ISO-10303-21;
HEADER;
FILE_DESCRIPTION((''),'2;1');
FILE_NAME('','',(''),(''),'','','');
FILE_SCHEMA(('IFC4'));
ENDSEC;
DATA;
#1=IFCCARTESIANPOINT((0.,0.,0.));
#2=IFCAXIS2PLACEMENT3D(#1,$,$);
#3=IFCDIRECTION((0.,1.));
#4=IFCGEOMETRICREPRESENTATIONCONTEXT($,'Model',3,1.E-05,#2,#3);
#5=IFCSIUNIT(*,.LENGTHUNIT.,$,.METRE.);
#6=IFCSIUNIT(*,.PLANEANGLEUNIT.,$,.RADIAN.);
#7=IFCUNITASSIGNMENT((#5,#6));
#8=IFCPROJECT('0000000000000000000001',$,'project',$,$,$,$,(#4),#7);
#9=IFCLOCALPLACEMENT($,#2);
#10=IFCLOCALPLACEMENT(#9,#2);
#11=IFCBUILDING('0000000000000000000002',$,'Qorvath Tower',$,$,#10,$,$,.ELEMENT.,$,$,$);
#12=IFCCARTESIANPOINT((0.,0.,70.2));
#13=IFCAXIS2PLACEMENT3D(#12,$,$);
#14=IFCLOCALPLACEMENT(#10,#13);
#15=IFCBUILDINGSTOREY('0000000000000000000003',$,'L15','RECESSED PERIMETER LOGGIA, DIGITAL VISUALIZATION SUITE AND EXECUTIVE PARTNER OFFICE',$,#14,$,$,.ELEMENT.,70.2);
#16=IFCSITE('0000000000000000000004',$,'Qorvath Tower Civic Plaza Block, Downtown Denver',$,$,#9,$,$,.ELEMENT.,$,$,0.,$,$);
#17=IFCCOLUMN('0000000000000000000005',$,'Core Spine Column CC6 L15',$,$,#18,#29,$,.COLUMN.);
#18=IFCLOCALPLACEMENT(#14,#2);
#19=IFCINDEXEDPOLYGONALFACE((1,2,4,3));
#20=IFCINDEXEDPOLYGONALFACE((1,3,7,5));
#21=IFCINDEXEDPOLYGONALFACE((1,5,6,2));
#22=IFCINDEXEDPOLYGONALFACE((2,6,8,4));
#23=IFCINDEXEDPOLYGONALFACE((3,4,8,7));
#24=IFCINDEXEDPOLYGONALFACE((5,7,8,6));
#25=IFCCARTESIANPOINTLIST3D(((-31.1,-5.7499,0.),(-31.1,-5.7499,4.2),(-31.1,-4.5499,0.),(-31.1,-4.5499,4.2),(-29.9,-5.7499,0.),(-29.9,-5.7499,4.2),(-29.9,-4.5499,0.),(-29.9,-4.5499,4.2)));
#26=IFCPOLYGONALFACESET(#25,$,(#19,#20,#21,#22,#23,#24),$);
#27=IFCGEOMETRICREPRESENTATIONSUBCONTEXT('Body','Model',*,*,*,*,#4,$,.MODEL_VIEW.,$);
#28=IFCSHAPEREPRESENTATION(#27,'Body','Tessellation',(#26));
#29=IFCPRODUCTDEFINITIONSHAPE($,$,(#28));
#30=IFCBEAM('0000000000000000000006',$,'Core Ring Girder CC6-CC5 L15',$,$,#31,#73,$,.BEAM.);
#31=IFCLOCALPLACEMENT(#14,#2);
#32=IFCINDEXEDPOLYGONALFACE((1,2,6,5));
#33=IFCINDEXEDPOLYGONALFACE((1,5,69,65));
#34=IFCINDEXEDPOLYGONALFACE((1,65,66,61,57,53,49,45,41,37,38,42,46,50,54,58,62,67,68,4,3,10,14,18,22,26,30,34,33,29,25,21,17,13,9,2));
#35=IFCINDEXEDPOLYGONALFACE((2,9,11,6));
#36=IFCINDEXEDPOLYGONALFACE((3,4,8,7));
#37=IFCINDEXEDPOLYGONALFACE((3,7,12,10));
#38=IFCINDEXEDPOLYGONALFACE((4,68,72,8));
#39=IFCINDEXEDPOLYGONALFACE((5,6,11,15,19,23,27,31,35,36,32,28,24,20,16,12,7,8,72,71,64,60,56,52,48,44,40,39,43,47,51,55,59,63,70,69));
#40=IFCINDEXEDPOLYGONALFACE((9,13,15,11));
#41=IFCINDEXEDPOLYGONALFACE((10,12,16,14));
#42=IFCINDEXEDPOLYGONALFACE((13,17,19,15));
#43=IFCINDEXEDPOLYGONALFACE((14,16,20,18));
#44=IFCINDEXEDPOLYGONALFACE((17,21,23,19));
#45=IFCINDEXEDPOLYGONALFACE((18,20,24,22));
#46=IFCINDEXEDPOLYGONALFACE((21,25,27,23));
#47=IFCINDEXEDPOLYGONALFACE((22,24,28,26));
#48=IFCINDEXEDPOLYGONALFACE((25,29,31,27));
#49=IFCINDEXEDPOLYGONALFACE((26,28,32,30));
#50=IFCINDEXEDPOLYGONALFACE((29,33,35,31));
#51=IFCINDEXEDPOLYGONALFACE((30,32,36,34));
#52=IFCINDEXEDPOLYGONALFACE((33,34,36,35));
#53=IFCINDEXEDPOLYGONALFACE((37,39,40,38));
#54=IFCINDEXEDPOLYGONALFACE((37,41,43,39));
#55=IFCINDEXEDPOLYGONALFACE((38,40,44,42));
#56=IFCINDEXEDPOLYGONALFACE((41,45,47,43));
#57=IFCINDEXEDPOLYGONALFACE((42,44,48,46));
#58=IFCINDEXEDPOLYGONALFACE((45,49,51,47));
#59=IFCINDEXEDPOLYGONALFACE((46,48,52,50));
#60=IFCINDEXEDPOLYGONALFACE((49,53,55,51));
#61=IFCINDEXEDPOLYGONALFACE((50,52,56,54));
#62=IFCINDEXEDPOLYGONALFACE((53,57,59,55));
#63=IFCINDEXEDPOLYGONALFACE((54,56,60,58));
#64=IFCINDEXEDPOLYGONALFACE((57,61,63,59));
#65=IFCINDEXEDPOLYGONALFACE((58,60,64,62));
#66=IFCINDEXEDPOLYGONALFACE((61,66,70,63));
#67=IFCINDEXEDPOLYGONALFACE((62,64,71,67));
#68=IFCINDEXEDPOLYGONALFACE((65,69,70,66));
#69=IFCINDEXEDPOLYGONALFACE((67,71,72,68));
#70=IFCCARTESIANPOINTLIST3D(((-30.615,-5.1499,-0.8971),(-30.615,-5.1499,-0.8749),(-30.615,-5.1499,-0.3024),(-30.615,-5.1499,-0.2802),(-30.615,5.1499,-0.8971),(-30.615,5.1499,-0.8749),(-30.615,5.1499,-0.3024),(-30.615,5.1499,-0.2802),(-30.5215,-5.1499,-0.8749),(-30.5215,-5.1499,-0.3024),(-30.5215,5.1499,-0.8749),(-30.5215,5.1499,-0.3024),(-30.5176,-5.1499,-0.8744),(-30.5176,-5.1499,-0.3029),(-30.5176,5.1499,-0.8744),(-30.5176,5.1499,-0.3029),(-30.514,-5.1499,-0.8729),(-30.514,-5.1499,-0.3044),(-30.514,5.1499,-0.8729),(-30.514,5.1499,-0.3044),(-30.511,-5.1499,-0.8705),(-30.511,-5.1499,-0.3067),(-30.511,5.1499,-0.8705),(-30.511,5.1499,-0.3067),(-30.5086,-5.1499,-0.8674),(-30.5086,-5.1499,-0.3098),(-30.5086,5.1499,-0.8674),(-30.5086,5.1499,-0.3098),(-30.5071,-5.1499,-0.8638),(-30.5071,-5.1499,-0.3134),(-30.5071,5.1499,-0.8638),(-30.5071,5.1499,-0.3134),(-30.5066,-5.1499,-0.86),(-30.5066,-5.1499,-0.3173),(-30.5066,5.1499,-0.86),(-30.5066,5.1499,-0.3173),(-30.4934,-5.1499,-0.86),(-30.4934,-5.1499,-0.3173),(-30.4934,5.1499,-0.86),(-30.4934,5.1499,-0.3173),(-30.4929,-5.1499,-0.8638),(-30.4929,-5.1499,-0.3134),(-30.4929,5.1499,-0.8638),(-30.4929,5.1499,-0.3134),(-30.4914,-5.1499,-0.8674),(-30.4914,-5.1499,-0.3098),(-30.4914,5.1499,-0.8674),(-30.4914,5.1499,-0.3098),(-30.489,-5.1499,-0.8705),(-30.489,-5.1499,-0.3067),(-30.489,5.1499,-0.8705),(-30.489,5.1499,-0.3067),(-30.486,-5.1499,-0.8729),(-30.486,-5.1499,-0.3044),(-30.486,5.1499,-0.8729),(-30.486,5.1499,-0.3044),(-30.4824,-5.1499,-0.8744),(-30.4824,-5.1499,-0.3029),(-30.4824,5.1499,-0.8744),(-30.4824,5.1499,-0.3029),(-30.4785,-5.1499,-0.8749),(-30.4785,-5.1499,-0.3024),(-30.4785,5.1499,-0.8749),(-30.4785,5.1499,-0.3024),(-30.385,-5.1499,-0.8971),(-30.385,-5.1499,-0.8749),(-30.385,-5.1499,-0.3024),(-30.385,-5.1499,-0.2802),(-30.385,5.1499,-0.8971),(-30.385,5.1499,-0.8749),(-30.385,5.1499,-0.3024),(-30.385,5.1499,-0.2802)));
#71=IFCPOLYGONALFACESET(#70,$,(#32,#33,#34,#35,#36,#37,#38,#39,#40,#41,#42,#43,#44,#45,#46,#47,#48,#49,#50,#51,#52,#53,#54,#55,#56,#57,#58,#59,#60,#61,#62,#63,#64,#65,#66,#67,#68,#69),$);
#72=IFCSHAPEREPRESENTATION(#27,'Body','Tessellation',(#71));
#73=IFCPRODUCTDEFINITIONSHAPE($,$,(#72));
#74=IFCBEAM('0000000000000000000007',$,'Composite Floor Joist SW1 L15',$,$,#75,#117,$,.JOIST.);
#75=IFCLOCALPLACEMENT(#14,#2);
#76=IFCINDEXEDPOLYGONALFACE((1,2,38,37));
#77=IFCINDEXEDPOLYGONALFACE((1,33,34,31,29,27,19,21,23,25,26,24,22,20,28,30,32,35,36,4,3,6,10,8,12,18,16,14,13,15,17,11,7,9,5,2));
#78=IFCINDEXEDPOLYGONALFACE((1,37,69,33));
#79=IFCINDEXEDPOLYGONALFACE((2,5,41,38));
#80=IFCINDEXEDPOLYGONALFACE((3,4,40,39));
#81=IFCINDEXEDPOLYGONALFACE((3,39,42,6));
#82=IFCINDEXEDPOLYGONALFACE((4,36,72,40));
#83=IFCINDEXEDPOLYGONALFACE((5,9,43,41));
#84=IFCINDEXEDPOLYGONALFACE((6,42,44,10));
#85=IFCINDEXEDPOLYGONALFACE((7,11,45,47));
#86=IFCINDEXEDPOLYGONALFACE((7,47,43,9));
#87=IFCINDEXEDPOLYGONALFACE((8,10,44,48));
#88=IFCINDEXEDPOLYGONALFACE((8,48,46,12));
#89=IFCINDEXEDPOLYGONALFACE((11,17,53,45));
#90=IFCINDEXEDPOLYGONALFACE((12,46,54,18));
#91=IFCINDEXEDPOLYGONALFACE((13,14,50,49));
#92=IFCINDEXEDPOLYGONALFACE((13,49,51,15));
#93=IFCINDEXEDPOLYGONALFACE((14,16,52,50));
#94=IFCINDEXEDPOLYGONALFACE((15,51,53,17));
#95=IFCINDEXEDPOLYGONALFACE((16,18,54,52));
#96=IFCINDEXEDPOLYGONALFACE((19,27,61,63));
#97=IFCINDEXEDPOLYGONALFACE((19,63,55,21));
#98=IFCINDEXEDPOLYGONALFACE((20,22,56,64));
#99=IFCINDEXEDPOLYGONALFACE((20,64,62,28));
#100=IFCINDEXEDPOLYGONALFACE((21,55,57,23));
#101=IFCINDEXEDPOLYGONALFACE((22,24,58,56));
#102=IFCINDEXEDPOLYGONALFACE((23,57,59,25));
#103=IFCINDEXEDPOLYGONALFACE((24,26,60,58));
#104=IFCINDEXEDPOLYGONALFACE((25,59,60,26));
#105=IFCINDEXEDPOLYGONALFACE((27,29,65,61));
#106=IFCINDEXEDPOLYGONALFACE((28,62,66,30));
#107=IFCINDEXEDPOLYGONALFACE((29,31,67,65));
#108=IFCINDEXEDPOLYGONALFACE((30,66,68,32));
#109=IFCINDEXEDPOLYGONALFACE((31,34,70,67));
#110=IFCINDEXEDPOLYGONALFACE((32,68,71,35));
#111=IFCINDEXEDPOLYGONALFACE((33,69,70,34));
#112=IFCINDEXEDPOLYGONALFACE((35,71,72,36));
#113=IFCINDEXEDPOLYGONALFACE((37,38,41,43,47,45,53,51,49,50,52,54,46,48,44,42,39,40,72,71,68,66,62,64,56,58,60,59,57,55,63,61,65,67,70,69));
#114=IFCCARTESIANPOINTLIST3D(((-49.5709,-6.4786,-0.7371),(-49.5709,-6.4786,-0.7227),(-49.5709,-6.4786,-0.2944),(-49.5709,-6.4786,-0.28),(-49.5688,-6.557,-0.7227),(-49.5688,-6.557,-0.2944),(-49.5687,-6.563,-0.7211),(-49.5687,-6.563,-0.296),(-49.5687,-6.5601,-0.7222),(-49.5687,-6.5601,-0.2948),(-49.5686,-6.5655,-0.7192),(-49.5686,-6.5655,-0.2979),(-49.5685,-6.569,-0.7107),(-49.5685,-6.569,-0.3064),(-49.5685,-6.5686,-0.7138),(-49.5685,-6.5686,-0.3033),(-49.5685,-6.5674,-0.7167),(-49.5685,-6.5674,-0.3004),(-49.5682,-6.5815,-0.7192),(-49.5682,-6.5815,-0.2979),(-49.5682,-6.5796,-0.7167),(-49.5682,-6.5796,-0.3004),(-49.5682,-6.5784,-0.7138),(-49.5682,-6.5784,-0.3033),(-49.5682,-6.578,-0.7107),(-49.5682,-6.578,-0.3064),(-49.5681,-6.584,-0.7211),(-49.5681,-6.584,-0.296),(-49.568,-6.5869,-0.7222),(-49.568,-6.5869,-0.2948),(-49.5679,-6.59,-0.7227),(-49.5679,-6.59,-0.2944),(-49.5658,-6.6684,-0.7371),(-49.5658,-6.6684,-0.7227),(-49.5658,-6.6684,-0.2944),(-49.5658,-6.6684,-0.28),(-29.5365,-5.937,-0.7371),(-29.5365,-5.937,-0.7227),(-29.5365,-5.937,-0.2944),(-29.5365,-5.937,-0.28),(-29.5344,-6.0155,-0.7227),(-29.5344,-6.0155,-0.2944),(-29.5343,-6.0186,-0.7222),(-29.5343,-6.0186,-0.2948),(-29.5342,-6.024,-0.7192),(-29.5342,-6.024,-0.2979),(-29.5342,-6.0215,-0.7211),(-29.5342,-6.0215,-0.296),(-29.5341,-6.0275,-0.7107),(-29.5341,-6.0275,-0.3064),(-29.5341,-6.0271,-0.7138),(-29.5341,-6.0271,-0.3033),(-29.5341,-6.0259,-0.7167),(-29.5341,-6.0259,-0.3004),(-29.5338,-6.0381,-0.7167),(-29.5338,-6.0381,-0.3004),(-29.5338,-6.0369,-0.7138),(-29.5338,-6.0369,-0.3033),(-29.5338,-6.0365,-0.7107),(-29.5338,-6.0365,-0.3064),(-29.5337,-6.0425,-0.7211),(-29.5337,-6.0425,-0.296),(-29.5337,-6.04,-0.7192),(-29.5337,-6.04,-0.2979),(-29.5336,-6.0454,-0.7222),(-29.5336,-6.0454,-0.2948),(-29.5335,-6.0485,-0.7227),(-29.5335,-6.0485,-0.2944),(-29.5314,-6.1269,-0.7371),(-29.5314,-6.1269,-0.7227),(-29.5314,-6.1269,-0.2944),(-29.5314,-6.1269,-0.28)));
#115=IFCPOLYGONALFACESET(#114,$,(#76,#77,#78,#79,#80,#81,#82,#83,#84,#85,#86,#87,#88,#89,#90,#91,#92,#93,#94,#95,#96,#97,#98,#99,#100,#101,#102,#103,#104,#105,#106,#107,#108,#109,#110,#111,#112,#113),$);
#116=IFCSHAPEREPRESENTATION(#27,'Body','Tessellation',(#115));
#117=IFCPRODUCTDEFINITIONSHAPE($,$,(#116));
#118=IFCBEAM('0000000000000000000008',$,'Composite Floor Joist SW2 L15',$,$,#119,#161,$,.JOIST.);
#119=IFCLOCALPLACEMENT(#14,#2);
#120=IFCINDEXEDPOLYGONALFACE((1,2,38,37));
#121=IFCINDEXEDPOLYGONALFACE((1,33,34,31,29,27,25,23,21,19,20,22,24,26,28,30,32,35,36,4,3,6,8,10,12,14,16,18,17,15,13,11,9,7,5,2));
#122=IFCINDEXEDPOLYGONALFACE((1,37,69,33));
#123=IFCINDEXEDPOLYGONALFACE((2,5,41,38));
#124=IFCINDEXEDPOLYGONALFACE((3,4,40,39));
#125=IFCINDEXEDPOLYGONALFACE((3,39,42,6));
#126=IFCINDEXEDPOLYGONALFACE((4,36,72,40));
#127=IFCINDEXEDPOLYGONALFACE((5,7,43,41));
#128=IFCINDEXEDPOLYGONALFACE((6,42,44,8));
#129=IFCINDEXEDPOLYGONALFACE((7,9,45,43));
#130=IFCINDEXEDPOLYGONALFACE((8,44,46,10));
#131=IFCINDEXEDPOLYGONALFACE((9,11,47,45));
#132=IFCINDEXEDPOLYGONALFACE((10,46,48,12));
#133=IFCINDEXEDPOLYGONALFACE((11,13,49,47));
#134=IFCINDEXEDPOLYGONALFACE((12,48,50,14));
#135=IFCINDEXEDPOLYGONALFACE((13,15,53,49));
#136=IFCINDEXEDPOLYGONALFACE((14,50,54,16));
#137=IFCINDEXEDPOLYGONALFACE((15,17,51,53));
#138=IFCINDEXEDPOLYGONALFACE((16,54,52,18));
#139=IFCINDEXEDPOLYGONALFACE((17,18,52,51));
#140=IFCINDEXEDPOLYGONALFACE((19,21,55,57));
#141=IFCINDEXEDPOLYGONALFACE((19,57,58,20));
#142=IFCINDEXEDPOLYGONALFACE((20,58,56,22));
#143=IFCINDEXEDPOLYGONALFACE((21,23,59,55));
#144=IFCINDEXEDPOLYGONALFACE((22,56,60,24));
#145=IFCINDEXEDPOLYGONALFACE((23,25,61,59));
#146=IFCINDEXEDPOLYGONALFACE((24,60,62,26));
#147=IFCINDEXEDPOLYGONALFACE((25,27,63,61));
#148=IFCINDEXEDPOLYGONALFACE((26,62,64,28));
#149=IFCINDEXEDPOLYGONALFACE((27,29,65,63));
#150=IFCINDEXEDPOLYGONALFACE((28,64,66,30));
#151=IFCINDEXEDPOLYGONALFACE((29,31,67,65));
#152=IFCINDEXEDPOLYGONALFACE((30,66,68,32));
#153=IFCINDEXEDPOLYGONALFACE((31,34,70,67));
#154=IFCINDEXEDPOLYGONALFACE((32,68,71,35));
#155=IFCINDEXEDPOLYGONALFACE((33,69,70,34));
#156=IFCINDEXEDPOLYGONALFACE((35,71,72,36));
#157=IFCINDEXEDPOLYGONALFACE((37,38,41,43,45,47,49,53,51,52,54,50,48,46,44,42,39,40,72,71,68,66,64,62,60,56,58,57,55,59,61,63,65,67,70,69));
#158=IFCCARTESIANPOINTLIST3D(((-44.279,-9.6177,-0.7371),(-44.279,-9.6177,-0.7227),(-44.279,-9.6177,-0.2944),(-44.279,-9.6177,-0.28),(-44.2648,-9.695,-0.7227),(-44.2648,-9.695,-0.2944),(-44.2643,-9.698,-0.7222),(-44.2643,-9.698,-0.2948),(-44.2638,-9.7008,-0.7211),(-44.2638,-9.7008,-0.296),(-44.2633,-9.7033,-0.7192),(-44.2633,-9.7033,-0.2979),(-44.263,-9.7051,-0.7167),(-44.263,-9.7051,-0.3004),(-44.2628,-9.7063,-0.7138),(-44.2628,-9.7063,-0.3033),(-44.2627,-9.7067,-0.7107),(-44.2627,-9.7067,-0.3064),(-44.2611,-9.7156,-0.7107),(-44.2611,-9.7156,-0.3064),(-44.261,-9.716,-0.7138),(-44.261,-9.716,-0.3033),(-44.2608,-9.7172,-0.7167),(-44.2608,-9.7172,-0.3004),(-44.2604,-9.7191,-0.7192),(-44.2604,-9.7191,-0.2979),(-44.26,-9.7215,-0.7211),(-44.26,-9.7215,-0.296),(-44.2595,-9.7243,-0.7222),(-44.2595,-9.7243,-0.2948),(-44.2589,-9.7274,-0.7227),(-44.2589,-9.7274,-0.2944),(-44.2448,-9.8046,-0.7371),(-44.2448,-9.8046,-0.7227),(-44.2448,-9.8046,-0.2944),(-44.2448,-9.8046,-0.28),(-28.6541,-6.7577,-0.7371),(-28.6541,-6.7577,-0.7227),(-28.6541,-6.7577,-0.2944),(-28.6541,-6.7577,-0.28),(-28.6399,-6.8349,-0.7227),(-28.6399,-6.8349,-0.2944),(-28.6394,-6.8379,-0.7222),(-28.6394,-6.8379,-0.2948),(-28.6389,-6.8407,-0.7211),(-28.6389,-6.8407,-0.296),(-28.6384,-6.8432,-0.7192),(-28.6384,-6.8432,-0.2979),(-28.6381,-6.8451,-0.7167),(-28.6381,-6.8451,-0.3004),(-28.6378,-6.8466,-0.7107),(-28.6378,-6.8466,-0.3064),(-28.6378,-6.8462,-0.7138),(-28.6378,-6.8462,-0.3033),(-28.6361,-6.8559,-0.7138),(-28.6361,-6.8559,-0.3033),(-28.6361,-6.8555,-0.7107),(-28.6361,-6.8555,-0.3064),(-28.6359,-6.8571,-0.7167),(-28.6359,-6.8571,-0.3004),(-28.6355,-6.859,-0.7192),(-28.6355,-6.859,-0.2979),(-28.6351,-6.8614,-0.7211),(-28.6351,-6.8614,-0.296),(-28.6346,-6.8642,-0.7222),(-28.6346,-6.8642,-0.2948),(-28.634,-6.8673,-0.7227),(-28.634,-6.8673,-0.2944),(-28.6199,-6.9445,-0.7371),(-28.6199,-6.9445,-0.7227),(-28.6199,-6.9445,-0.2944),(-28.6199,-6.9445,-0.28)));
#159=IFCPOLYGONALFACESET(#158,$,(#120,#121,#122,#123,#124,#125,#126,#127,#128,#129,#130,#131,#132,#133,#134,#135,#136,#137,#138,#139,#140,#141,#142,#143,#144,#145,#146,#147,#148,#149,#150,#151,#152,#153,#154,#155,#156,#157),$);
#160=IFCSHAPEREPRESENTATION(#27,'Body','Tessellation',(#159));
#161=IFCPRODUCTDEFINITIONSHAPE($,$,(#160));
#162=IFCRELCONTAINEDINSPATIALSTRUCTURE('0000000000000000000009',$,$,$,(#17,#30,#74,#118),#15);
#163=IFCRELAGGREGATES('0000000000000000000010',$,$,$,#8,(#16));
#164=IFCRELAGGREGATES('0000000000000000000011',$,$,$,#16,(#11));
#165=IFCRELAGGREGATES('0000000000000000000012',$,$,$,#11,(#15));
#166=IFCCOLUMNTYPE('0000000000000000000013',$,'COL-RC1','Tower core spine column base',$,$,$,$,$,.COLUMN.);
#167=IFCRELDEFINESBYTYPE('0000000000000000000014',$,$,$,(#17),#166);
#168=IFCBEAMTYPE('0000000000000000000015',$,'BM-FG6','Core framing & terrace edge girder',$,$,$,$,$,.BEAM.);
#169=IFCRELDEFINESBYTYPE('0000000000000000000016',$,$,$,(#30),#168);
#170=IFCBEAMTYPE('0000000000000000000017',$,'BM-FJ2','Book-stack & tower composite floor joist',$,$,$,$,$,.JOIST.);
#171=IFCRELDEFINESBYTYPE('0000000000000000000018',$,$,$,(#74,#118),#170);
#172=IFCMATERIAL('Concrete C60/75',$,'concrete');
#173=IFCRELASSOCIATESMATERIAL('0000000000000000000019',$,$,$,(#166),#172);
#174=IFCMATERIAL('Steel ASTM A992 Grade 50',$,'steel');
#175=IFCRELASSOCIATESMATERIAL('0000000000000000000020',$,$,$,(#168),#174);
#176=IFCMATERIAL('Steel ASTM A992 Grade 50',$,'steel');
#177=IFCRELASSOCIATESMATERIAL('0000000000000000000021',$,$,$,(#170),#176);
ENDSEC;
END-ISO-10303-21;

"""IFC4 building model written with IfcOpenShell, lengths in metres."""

from ifc_helpers import new_model, si_unit, direction, frame, origin, origin_2d, place, context, subcontext, project, spatial, rectangle, i_section, extrude, material, material_profile, profile_set, type_object, element, save


model = new_model("IFC4")

# Units and contexts
model_context = context("Model", 3, precision=1e-05, world=origin(), true_north=direction((0.0, 1.0)))
body_context = subcontext(model_context, "Body", "Model", "MODEL_VIEW")
ifc_project = project(units=[si_unit("LENGTHUNIT", "METRE"), si_unit("PLANEANGLEUNIT", "RADIAN")], contexts=[model_context])

# Site, building, storey
site_placement = place(None, origin())
site = spatial("IfcSite", under=ifc_project, at=site_placement, Name="Qorvath Tower Civic Plaza Block, Downtown Denver", CompositionType="ELEMENT", RefElevation=0.0)
building_placement = place(site_placement, origin())
building = spatial("IfcBuilding", under=site, at=building_placement, Name="Qorvath Tower", CompositionType="ELEMENT")
storey_placement = place(building_placement, frame((0.0, 0.0, 70.2)))
storey = spatial("IfcBuildingStorey", under=building, at=storey_placement, Name="L15", Description="RECESSED PERIMETER LOGGIA, DIGITAL VISUALIZATION SUITE AND EXECUTIVE PARTNER OFFICE", CompositionType="ELEMENT", Elevation=70.2)

# Column
ifc_material_1 = material(Name="Concrete C60/75", Category="concrete")
ifc_material_profile_1 = material_profile(ifc_material_1, rectangle(XDim=1.2, YDim=1.2, at=origin_2d()), Name="RC 1200x1200")
ifc_profile_set_1 = profile_set([ifc_material_profile_1], Name="Concrete C60/75")
column_type = type_object("IfcColumnType", Name="COL-RC1", Description="Tower core spine column base", PredefinedType="COLUMN", material=ifc_profile_set_1)
column_placement = place(storey_placement, frame((-30.5, -5.1499, 0.0), z_axis=(0.0, 0.0, 1.0), x_axis=(1.0, 0.0, 0.0)))
element("IfcColumn", 1, at=column_placement, inside=storey, type_object=column_type, Name="Core Spine Column CC6 L15", PredefinedType="COLUMN", context=body_context, shape_type="SweptSolid", body=[
    extrude(rectangle(XDim=1.2, YDim=1.2, at=origin_2d()), origin(), (0.0, 0.0, 1.0), 4.2),
])

# Beams
ifc_material_2 = material(Name="Steel ASTM A992 Grade 50", Category="steel")
ifc_material_profile_2 = material_profile(ifc_material_2, i_section(OverallWidth=0.23, OverallDepth=0.6169, WebThickness=0.0132, FlangeThickness=0.0222, FilletRadius=0.0149, at=origin_2d()), Name="W24x94")
ifc_profile_set_2 = profile_set([ifc_material_profile_2], Name="Steel ASTM A992 Grade 50")
beam_type_1 = type_object("IfcBeamType", Name="BM-FG6", Description="Core framing & terrace edge girder", PredefinedType="BEAM", material=ifc_profile_set_2)
beam_1_placement = place(storey_placement, frame((-30.5, -5.1499, -0.5886), z_axis=(0.0, 1.0, 0.0), x_axis=(-1.0, 0.0, 0.0)))
element("IfcBeam", 2, at=beam_1_placement, inside=storey, type_object=beam_type_1, Name="Core Ring Girder CC6-CC5 L15", PredefinedType="BEAM", context=body_context, shape_type="SweptSolid", body=[
    extrude(i_section(OverallWidth=0.23, OverallDepth=0.6169, WebThickness=0.0132, FlangeThickness=0.0222, FilletRadius=0.0149, at=origin_2d()), origin(), (0.0, 0.0, 1.0), 10.2998),
])
ifc_material_3 = material(Name="Steel ASTM A992 Grade 50", Category="steel")
ifc_material_profile_3 = material_profile(ifc_material_3, i_section(OverallWidth=0.1899, OverallDepth=0.457, WebThickness=0.009, FlangeThickness=0.0144, FilletRadius=0.012, at=origin_2d()), Name="W18x50")
ifc_profile_set_3 = profile_set([ifc_material_profile_3], Name="Steel ASTM A992 Grade 50")
beam_type_2 = type_object("IfcBeamType", Name="BM-FJ2", Description="Book-stack & tower composite floor joist", PredefinedType="JOIST", material=ifc_profile_set_3)
beam_2_placement = place(storey_placement, frame((-29.5339, -6.032, -0.5085), z_axis=(-0.999635, -0.027019, 0.0), x_axis=(0.027019, -0.999635, 0.0)))
element("IfcBeam", 3, at=beam_2_placement, inside=storey, type_object=beam_type_2, Name="Composite Floor Joist SW1 L15", PredefinedType="JOIST", context=body_context, shape_type="SweptSolid", body=[
    extrude(i_section(OverallWidth=0.1899, OverallDepth=0.457, WebThickness=0.009, FlangeThickness=0.0144, FilletRadius=0.012, at=origin_2d()), origin(), (0.0, 0.0, 1.0), 20.0417),
])
beam_3_placement = place(storey_placement, frame((-28.637, -6.8511, -0.5085), z_axis=(-0.983656, -0.180055, 0.0), x_axis=(0.180055, -0.983656, 0.0)))
element("IfcBeam", 4, at=beam_3_placement, inside=storey, type_object=beam_type_2, Name="Composite Floor Joist SW2 L15", PredefinedType="JOIST", context=body_context, shape_type="SweptSolid", body=[
    extrude(i_section(OverallWidth=0.1899, OverallDepth=0.457, WebThickness=0.009, FlangeThickness=0.0144, FilletRadius=0.012, at=origin_2d()), origin(), (0.0, 0.0, 1.0), 15.8845),
])

save(model, "model.ifc")
